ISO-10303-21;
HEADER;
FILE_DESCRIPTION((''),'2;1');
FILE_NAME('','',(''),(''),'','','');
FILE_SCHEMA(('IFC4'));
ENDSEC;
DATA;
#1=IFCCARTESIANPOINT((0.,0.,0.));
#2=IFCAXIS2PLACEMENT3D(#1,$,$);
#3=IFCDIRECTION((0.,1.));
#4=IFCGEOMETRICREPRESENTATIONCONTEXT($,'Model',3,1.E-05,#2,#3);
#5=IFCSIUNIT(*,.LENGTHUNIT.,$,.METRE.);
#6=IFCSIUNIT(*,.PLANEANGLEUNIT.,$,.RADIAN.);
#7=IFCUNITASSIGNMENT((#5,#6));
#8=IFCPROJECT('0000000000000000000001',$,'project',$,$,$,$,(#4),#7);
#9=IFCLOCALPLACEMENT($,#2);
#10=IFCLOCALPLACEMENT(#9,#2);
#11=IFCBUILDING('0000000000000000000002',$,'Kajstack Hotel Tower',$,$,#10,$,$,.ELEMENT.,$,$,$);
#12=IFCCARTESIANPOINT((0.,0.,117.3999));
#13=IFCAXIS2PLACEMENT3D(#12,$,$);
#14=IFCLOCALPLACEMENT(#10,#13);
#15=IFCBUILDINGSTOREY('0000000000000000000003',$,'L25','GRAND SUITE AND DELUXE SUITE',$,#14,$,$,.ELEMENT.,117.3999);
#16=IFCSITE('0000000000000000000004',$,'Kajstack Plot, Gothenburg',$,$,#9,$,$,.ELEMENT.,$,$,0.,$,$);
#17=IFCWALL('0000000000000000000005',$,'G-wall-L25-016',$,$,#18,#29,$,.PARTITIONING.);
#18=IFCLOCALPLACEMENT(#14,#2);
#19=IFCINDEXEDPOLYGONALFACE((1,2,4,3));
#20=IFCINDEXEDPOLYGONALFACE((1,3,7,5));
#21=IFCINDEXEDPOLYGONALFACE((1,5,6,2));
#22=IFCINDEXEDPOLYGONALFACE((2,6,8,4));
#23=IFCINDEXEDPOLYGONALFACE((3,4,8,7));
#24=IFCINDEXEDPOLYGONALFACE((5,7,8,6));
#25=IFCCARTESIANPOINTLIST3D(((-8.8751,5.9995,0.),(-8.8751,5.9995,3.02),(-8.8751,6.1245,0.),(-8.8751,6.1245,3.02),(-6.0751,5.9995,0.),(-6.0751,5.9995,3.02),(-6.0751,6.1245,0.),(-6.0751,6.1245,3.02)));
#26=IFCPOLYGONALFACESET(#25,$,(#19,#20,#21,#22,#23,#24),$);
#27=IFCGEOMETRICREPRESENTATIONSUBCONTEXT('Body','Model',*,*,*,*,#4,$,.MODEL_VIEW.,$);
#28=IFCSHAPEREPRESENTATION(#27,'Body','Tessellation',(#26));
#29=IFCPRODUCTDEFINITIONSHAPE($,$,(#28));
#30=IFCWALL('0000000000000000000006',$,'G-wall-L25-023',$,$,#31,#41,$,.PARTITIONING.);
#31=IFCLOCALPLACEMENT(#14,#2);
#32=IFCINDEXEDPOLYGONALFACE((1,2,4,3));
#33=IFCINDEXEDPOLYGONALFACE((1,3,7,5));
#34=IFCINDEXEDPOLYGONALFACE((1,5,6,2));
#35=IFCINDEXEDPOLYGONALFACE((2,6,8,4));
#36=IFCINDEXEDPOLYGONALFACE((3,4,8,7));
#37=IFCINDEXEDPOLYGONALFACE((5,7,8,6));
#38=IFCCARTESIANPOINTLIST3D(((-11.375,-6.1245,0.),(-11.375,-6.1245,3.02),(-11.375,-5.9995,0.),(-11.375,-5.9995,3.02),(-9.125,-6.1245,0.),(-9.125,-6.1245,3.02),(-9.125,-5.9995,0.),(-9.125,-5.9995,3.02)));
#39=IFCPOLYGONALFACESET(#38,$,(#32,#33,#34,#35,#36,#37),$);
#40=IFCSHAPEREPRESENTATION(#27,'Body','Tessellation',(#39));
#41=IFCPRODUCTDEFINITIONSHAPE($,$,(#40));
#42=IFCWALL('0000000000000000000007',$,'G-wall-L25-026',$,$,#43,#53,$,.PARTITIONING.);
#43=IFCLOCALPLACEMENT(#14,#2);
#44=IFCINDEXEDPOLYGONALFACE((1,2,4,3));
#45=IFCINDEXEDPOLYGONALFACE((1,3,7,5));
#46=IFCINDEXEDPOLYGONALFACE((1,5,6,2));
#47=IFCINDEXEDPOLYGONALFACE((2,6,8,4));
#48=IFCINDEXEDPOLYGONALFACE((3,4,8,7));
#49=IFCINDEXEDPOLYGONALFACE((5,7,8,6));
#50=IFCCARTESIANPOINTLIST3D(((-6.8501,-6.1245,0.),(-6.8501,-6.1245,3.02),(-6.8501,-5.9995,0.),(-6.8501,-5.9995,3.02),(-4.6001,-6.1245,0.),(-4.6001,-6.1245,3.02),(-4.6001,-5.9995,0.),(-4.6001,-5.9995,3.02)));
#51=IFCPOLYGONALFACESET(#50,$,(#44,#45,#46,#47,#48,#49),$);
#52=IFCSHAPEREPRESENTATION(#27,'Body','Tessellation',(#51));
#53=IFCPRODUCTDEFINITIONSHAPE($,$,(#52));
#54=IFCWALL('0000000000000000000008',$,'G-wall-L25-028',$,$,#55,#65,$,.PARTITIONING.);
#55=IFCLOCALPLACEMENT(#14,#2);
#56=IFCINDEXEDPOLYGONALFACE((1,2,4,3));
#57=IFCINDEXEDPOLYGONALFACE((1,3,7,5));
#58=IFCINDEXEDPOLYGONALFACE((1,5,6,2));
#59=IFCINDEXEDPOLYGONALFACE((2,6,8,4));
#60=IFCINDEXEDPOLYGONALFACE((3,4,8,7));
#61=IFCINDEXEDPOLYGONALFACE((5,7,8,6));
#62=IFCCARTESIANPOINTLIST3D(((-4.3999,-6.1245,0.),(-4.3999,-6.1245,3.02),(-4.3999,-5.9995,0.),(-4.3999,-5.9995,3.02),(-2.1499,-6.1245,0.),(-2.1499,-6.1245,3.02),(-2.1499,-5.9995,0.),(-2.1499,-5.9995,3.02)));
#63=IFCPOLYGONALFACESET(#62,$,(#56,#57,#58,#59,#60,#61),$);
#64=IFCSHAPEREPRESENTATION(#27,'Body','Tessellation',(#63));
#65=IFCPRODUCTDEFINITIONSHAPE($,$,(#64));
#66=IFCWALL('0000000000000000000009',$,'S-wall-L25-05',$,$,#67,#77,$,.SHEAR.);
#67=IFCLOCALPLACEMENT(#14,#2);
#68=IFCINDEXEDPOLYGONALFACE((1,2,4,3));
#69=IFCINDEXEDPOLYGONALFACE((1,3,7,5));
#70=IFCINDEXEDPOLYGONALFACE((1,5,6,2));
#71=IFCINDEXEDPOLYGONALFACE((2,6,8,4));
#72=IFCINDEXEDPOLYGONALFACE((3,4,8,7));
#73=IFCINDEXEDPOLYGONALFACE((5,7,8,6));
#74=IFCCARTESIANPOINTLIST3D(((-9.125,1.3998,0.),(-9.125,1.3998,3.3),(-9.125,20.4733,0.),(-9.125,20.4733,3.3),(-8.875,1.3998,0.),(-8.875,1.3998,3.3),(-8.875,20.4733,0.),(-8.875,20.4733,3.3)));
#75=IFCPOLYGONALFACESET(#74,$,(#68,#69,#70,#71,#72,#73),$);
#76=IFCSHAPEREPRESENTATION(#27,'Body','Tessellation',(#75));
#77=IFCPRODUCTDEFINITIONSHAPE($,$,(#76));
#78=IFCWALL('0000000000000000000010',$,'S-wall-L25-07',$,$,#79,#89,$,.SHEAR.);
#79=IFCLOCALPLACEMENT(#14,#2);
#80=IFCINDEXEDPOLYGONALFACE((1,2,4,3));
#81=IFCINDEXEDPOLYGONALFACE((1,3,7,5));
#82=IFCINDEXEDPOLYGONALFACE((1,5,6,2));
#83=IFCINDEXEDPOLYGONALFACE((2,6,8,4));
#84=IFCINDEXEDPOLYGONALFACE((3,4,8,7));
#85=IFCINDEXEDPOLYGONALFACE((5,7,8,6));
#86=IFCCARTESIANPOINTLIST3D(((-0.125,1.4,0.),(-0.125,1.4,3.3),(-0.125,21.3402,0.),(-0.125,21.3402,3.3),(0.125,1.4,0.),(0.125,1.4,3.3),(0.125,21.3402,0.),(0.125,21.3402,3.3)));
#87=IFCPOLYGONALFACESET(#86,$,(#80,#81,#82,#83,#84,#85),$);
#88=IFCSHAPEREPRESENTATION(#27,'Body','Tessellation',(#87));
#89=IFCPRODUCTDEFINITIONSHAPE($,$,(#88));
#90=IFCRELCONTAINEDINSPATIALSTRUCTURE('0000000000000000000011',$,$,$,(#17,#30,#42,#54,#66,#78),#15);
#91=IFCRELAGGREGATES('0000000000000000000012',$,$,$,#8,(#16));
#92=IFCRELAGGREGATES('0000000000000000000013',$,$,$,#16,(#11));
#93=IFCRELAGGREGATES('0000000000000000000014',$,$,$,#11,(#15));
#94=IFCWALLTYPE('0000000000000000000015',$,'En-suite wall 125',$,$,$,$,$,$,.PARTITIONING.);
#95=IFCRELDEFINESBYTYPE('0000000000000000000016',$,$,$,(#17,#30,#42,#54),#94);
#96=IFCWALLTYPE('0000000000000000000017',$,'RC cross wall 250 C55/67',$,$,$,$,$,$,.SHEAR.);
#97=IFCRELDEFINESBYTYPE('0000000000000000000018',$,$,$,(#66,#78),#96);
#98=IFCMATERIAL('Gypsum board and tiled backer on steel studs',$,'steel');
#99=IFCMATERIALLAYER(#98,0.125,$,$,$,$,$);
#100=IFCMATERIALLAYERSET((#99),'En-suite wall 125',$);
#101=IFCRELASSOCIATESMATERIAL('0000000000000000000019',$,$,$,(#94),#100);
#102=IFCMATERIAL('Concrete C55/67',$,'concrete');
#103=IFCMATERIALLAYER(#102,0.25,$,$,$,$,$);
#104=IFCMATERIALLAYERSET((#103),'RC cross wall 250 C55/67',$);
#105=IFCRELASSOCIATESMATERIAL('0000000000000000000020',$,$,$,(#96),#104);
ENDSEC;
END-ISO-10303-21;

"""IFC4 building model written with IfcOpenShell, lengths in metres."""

from ifc_helpers import new_model, si_unit, direction, frame, frame_2d, origin, place, context, subcontext, project, spatial, rectangle, extrude, material, layer, layer_set, type_object, element, save


model = new_model("IFC4")

# Units and contexts
model_context = context("Model", 3, precision=1e-05, world=origin(), true_north=direction((0.0, 1.0)))
body_context = subcontext(model_context, "Body", "Model", "MODEL_VIEW")
ifc_project = project(units=[si_unit("LENGTHUNIT", "METRE"), si_unit("PLANEANGLEUNIT", "RADIAN")], contexts=[model_context])

# Site, building, storey
site_placement = place(None, origin())
site = spatial("IfcSite", under=ifc_project, at=site_placement, Name="Kajstack Plot, Gothenburg", CompositionType="ELEMENT", RefElevation=0.0)
building_placement = place(site_placement, origin())
building = spatial("IfcBuilding", under=site, at=building_placement, Name="Kajstack Hotel Tower", CompositionType="ELEMENT")
storey_placement = place(building_placement, frame((0.0, 0.0, 117.3999)))
storey = spatial("IfcBuildingStorey", under=building, at=storey_placement, Name="L25", Description="GRAND SUITE AND DELUXE SUITE", CompositionType="ELEMENT", Elevation=117.3999)

# Shared definitions
ifc_material_1 = material(Name="Gypsum board and tiled backer on steel studs", Category="steel")
ifc_layer_1 = layer(ifc_material_1, 0.125)
ifc_layer_set_1 = layer_set([ifc_layer_1], Name="En-suite wall 125")
wall_type_1 = type_object("IfcWallType", Name="En-suite wall 125", PredefinedType="PARTITIONING", material=ifc_layer_set_1)

# Walls
wall_1_placement = place(storey_placement, frame((-8.875, 6.062, 0.0), z_axis=(0.0, 0.0, 1.0), x_axis=(1.0, 0.0, 0.0)))
element("IfcWall", 1, at=wall_1_placement, inside=storey, type_object=wall_type_1, Name="G-wall-L25-016", PredefinedType="PARTITIONING", context=body_context, shape_type="SweptSolid", body=[
    extrude(rectangle(XDim=2.8, YDim=0.125, at=frame_2d((1.3999, 0.0))), origin(), (0.0, 0.0, 1.0), 3.02),
])
for number, where, z_axis, x_axis, name in (
    (2, (-11.375, -6.062, 0.0), (0.0, 0.0, 1.0), (1.0, 0.0, 0.0), "G-wall-L25-023"),
    (3, (-6.8501, -6.062, 0.0), (0.0, 0.0, 1.0), (1.0, 0.0, 0.0), "G-wall-L25-026"),
    (4, (-4.3999, -6.062, 0.0), (0.0, 0.0, 1.0), (1.0, 0.0, 0.0), "G-wall-L25-028"),
):
    element("IfcWall", number, at=place(storey_placement, frame(where, z_axis=z_axis, x_axis=x_axis)), inside=storey, type_object=wall_type_1, Name=name, PredefinedType="PARTITIONING", context=body_context, shape_type="SweptSolid", body=[
        extrude(rectangle(XDim=2.25, YDim=0.125, at=frame_2d((1.125, 0.0))), origin(), (0.0, 0.0, 1.0), 3.02),
    ])
ifc_material_2 = material(Name="Concrete C55/67", Category="concrete")
ifc_layer_2 = layer(ifc_material_2, 0.25)
ifc_layer_set_2 = layer_set([ifc_layer_2], Name="RC cross wall 250 C55/67")
wall_type_2 = type_object("IfcWallType", Name="RC cross wall 250 C55/67", PredefinedType="SHEAR", material=ifc_layer_set_2)
wall_2_placement = place(storey_placement, frame((-9.0, 1.3999, 0.0), z_axis=(0.0, 0.0, 1.0), x_axis=(0.0, 1.0, 0.0)))
element("IfcWall", 5, at=wall_2_placement, inside=storey, type_object=wall_type_2, Name="S-wall-L25-05", PredefinedType="SHEAR", context=body_context, shape_type="SweptSolid", body=[
    extrude(rectangle(XDim=19.0735, YDim=0.25, at=frame_2d((9.5366, 0.0))), origin(), (0.0, 0.0, 1.0), 3.3),
])
wall_3_placement = place(storey_placement, frame((0.0, 1.3999, 0.0), z_axis=(0.0, 0.0, 1.0), x_axis=(0.0, 1.0, 0.0)))
element("IfcWall", 6, at=wall_3_placement, inside=storey, type_object=wall_type_2, Name="S-wall-L25-07", PredefinedType="SHEAR", context=body_context, shape_type="SweptSolid", body=[
    extrude(rectangle(XDim=19.9402, YDim=0.25, at=frame_2d((9.9702, 0.0))), origin(), (0.0, 0.0, 1.0), 3.3),
])

save(model, "model.ifc")
